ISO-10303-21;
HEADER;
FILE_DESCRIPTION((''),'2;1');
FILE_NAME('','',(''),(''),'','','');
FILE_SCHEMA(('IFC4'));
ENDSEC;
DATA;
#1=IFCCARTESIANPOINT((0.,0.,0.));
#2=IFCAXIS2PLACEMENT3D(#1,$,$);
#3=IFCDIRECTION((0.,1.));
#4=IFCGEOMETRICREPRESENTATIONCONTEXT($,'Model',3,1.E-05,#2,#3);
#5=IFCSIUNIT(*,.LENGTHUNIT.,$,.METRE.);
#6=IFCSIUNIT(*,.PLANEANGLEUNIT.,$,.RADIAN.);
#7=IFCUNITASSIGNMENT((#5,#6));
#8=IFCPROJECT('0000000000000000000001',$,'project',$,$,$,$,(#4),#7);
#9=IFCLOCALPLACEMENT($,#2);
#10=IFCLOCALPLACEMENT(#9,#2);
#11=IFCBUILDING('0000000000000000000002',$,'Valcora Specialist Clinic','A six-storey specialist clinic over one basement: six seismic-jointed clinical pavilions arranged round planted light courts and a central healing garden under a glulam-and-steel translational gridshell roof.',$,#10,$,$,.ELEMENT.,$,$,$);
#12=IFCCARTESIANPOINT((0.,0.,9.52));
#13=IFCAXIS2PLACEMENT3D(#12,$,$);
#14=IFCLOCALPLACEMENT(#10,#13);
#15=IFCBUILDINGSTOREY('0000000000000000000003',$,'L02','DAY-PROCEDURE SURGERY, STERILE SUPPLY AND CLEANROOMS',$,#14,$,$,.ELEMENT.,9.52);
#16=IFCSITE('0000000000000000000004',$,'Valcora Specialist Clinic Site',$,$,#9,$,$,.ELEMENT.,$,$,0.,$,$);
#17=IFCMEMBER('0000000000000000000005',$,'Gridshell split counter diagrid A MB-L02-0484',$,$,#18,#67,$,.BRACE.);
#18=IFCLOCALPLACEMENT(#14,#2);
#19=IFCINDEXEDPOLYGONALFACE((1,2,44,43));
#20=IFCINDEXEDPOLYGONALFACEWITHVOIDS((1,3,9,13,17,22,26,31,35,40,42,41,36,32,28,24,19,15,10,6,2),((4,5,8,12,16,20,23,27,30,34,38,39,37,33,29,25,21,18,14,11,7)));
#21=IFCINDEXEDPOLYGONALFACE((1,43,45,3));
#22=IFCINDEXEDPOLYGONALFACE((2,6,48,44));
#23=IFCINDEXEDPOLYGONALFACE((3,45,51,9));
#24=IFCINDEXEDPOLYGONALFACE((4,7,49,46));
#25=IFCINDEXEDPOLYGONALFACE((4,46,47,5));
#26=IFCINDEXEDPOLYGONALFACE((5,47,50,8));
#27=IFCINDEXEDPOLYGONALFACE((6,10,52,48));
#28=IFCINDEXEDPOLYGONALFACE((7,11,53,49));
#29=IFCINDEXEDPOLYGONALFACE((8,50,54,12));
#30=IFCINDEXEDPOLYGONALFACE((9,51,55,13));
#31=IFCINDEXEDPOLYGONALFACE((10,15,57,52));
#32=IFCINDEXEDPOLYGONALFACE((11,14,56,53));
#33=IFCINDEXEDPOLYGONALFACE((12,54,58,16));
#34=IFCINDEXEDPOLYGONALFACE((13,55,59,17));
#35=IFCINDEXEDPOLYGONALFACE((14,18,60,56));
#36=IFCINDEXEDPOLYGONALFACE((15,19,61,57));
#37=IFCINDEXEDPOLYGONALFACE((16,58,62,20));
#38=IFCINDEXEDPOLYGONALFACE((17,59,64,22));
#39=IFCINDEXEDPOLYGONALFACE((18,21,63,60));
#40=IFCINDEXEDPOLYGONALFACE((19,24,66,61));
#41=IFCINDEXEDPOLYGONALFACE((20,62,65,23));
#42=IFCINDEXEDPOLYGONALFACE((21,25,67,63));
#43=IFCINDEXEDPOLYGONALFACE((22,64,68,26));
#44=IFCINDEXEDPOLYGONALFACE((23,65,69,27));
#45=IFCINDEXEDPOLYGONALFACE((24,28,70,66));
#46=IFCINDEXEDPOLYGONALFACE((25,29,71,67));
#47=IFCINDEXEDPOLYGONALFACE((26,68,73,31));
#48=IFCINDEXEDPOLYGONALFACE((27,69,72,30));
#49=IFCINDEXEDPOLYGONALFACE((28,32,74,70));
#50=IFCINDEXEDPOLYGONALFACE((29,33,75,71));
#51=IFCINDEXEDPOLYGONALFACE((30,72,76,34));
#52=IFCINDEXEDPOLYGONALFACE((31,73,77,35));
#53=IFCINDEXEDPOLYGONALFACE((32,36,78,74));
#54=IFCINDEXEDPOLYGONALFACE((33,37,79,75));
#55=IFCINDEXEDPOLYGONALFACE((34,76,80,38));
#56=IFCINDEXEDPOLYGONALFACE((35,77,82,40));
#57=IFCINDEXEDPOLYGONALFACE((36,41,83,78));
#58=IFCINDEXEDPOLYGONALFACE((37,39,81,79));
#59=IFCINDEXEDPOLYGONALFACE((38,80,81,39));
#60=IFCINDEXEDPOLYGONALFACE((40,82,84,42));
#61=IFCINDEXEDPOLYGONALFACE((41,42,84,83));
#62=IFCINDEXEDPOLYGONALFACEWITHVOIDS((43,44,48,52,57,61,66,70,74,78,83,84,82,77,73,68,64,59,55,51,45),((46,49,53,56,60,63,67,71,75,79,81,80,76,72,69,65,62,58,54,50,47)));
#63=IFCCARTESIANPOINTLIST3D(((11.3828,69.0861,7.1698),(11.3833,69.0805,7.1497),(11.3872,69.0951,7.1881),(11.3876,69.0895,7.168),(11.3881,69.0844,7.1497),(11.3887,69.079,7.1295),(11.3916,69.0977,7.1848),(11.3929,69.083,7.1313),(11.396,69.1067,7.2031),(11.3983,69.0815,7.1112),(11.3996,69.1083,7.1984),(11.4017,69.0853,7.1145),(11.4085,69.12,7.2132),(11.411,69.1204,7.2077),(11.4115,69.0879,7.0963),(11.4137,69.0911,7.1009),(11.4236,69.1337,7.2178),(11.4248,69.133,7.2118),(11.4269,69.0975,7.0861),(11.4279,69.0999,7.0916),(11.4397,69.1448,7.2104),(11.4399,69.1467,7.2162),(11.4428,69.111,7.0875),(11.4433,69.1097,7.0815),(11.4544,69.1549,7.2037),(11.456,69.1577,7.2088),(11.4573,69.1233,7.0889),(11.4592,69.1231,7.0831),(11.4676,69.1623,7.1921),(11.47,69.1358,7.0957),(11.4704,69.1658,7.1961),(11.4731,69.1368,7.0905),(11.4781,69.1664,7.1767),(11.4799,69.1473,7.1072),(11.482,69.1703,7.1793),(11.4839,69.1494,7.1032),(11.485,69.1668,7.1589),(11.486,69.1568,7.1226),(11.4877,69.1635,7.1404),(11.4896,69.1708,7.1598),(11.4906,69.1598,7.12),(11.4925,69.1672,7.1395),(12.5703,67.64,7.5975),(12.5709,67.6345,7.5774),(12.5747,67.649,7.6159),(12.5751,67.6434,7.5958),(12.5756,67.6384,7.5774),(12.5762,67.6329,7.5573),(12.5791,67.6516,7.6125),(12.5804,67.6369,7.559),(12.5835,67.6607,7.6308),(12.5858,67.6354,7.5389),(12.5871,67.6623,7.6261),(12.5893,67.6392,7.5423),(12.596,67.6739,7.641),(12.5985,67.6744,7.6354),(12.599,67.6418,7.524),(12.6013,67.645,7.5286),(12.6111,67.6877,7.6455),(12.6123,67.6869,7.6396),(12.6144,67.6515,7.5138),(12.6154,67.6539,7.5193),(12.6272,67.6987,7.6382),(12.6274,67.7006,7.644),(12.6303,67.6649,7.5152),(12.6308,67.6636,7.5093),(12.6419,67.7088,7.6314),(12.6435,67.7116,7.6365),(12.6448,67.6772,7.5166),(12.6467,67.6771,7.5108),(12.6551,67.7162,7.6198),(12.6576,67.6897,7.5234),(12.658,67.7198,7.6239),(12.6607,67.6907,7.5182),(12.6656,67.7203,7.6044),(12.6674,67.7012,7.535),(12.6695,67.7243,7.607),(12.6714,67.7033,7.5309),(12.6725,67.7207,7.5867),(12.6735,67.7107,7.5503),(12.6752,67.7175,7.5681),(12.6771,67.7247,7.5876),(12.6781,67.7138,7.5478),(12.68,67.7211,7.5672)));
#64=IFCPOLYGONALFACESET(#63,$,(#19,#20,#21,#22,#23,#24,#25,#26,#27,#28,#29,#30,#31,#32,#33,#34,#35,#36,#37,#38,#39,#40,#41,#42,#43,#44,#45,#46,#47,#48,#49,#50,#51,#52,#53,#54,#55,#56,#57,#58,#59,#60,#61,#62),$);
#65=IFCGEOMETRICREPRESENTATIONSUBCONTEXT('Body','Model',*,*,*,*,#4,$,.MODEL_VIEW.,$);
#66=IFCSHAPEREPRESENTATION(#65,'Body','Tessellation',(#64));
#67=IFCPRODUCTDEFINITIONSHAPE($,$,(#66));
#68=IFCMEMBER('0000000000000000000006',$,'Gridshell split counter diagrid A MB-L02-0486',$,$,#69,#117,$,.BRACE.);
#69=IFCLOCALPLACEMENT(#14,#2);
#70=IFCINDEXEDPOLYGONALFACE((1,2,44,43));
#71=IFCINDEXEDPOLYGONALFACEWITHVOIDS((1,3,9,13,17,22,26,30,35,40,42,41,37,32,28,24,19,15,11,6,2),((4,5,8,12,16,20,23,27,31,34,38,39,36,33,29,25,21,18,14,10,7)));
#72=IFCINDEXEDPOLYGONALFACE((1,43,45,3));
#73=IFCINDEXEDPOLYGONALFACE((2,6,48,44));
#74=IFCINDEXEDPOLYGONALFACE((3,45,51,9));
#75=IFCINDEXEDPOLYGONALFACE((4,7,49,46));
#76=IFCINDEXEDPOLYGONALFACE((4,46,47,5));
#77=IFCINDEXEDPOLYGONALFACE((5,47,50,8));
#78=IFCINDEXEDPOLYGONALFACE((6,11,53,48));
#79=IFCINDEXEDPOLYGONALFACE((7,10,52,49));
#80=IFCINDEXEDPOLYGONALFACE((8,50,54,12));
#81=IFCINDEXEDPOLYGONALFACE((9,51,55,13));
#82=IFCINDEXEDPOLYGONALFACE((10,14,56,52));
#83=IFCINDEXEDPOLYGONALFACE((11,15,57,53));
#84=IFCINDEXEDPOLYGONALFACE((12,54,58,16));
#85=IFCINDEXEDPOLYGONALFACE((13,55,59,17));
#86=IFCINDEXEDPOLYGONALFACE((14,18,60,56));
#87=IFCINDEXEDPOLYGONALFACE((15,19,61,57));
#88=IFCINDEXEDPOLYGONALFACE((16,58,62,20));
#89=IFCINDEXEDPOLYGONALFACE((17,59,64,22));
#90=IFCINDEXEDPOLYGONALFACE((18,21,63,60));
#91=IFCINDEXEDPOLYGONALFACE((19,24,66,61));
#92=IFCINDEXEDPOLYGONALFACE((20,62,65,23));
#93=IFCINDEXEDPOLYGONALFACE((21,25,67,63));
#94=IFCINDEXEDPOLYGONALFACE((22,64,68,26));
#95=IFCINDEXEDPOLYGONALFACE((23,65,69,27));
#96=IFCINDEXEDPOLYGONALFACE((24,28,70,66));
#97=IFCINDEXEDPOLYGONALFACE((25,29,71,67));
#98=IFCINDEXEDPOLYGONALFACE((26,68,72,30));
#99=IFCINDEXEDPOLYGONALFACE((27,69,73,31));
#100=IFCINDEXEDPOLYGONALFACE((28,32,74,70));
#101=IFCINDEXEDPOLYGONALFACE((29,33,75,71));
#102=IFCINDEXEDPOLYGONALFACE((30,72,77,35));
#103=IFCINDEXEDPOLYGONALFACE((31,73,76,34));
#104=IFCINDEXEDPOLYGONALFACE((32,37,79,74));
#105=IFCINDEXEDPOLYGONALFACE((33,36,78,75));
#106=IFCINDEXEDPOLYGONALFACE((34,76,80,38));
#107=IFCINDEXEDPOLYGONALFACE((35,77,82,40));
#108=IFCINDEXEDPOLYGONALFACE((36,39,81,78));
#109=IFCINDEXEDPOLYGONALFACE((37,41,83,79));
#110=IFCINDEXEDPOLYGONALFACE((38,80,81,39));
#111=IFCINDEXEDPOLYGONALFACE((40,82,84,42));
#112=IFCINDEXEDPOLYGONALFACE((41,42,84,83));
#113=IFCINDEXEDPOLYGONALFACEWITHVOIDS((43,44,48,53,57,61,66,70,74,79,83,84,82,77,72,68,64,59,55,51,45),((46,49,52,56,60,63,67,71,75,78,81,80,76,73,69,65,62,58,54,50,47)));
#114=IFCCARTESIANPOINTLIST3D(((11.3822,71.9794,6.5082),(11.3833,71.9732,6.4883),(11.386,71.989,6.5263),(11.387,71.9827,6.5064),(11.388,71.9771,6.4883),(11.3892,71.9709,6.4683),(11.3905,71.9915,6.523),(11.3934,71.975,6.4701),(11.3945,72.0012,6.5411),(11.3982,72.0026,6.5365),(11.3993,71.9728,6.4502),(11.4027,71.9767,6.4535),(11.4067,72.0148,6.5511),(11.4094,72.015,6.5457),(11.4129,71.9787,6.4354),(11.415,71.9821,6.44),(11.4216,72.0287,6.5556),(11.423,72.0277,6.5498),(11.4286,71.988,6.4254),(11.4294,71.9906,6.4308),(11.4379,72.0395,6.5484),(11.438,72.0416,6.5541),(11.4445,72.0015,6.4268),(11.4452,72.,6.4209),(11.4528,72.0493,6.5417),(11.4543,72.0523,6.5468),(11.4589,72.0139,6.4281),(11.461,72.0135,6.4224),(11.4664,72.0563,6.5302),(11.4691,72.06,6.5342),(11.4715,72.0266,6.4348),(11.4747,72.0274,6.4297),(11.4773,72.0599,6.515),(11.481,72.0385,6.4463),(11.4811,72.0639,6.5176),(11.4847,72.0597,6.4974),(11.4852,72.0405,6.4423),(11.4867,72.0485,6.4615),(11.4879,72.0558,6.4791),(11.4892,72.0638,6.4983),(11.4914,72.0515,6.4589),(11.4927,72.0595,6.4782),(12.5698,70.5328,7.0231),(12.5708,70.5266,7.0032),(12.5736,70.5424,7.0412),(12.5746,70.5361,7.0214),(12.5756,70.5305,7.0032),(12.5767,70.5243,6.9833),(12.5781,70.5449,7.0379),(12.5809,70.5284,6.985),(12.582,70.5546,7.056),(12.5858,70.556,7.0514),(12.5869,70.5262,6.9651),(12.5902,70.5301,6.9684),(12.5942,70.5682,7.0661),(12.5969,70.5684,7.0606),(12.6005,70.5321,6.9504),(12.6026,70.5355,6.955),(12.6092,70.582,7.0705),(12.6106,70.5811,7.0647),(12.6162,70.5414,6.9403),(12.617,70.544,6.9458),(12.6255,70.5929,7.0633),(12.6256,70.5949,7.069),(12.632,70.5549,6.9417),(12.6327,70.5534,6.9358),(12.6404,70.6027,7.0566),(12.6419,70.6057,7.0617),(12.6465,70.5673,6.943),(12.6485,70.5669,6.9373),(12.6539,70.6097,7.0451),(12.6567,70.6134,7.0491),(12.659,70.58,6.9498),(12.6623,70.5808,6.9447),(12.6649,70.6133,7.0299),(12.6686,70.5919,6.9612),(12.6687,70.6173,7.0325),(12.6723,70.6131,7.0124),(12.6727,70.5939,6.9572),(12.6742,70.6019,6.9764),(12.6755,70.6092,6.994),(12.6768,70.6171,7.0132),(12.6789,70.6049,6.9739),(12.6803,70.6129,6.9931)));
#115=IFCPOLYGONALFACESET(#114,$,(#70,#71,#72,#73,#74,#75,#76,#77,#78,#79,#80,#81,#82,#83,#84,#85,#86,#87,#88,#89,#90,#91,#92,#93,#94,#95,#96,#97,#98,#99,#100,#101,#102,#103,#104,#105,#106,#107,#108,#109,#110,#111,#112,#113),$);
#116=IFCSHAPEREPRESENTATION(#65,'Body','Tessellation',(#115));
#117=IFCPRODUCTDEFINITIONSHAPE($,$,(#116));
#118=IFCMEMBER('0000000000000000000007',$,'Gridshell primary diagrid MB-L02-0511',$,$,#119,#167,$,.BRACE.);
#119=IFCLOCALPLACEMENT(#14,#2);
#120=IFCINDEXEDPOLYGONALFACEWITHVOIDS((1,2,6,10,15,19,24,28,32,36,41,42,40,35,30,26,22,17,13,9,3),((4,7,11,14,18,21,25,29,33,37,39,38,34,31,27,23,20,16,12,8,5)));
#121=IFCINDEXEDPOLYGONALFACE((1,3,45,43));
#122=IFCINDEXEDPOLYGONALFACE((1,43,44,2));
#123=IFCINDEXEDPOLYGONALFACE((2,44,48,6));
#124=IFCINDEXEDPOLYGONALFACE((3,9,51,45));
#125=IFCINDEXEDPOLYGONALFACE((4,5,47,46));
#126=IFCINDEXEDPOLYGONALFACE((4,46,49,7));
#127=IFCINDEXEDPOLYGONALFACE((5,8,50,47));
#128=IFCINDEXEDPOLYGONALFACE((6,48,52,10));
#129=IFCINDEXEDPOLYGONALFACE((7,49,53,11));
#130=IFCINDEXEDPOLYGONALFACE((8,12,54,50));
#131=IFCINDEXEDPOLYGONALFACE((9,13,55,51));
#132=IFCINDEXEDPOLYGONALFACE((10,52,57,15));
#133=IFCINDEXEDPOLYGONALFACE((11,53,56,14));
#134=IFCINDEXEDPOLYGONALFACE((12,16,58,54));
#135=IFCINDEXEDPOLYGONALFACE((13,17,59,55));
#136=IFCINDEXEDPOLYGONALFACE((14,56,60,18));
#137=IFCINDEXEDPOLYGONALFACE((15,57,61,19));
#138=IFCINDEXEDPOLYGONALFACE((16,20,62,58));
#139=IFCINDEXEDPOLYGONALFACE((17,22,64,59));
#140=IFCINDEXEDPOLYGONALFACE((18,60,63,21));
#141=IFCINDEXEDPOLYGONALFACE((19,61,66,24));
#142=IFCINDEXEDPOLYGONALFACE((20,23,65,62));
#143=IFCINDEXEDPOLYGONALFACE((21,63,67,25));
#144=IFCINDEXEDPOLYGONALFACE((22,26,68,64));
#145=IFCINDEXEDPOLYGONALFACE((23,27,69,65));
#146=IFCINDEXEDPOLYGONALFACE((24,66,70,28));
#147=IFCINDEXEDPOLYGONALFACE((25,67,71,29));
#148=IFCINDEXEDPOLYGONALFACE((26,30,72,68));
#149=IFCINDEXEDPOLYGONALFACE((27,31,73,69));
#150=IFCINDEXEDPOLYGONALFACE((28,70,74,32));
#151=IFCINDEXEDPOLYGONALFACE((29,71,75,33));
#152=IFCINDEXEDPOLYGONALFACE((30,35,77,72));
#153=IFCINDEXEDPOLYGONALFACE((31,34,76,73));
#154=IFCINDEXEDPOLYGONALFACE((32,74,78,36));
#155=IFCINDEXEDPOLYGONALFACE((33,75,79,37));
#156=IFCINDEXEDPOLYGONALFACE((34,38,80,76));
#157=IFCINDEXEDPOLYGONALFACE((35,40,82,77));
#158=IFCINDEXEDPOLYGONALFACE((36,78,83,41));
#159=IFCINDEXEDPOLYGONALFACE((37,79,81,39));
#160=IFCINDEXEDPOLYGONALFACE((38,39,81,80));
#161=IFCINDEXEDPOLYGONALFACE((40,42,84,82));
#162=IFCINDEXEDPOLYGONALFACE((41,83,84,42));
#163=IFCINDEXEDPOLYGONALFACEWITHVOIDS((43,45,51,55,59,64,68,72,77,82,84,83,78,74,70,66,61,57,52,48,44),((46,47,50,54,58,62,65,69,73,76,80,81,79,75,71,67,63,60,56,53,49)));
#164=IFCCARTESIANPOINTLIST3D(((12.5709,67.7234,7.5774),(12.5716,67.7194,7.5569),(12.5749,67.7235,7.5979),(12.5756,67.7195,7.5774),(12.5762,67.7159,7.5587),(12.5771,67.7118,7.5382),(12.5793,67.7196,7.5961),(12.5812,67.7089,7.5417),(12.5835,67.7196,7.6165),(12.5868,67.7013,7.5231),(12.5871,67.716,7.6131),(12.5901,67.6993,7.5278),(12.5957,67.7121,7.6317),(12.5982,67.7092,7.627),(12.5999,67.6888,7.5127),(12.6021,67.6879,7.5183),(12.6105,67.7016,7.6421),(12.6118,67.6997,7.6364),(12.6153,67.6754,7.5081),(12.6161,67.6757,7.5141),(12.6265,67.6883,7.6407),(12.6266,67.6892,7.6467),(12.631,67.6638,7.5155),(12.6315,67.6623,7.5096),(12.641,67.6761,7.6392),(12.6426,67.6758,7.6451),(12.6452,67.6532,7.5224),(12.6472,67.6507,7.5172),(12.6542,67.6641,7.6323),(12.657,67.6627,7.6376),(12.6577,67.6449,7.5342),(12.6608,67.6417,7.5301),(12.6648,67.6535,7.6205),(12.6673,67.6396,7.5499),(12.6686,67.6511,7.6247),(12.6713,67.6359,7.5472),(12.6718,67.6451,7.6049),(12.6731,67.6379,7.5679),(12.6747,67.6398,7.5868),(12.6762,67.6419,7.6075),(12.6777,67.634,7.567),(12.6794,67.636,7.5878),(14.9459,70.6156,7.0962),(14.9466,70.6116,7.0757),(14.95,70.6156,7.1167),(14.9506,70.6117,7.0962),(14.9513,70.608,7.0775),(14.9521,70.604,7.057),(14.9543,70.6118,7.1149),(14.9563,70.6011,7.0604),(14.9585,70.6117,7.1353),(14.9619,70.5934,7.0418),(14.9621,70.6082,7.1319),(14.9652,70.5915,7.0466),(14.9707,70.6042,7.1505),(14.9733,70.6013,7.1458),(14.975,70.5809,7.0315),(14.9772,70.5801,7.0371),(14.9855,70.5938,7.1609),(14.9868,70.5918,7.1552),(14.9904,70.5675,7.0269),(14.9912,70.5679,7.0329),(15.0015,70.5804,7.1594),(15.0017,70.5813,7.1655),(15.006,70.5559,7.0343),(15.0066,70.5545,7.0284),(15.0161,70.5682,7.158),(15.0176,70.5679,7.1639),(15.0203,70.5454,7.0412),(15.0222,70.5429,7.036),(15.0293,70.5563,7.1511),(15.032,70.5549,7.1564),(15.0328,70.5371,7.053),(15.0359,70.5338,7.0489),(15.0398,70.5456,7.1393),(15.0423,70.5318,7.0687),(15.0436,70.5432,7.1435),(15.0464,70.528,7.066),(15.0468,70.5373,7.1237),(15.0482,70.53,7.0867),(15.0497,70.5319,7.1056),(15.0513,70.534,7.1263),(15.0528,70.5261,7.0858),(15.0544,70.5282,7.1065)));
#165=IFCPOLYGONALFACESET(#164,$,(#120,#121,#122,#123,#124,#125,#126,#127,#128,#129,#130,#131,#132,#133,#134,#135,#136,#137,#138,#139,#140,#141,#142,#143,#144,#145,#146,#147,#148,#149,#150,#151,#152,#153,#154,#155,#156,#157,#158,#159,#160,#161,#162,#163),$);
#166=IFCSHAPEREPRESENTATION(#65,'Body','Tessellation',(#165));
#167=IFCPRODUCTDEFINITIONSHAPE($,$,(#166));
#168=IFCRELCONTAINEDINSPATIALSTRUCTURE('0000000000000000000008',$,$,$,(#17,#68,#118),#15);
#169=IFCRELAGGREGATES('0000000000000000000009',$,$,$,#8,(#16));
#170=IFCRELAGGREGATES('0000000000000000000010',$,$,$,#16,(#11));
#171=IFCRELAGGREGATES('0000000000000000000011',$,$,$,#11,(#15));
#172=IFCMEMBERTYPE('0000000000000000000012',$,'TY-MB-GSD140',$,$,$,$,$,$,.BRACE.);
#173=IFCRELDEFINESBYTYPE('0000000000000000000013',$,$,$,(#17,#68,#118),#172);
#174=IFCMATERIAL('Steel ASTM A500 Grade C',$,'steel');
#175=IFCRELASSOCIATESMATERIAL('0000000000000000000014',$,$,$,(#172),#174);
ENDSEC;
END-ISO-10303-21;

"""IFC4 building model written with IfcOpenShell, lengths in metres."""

from ifc_helpers import new_model, si_unit, direction, frame, origin, origin_2d, place, context, subcontext, project, spatial, hollow_circle, extrude, material, material_profile, profile_set, type_object, element, save


model = new_model("IFC4")

# Units and contexts
model_context = context("Model", 3, precision=1e-05, world=origin(), true_north=direction((0.0, 1.0)))
body_context = subcontext(model_context, "Body", "Model", "MODEL_VIEW")
ifc_project = project(units=[si_unit("LENGTHUNIT", "METRE"), si_unit("PLANEANGLEUNIT", "RADIAN")], contexts=[model_context])

# Site, building, storey
site_placement = place(None, origin())
site = spatial("IfcSite", under=ifc_project, at=site_placement, Name="Valcora Specialist Clinic Site", CompositionType="ELEMENT", RefElevation=0.0)
building_placement = place(site_placement, origin())
building = spatial("IfcBuilding", under=site, at=building_placement, Name="Valcora Specialist Clinic", Description="A six-storey specialist clinic over one basement: six seismic-jointed clinical pavilions arranged round planted light courts and a central healing garden under a glulam-and-steel translational gridshell roof.", CompositionType="ELEMENT")
storey_placement = place(building_placement, frame((0.0, 0.0, 9.52)))
storey = spatial("IfcBuildingStorey", under=building, at=storey_placement, Name="L02", Description="DAY-PROCEDURE SURGERY, STERILE SUPPLY AND CLEANROOMS", CompositionType="ELEMENT", Elevation=9.52)

# Members
ifc_material_1 = material(Name="Steel ASTM A500 Grade C", Category="steel")
ifc_material_profile_1 = material_profile(ifc_material_1, hollow_circle(Radius=0.0701, WallThickness=0.0061, at=origin_2d()), Name="ST-CHS-140X6")
ifc_profile_set_1 = profile_set([ifc_material_profile_1], Name="Steel ASTM A500 Grade C")
member_type_1 = type_object("IfcMemberType", Name="TY-MB-GSD140", PredefinedType="BRACE", material=ifc_profile_set_1)
member_1_placement = place(storey_placement, frame((12.625, 67.679, 7.5774), z_axis=(-0.618678, 0.753377, -0.222846), x_axis=(-0.772811, -0.634636, 0.0)))
element("IfcMember", 1, at=member_1_placement, inside=storey, type_object=member_type_1, Name="Gridshell split counter diagrid A MB-L02-0484", PredefinedType="BRACE", context=body_context, shape_type="SweptSolid", body=[
    extrude(hollow_circle(Radius=0.0701, WallThickness=0.0061, at=origin_2d()), origin(), (0.0, 0.0, 1.0), 1.9194),
])
member_2_placement = place(storey_placement, frame((12.625, 70.571, 7.0032), z_axis=(-0.611778, 0.745227, -0.265263), x_axis=(-0.772916, -0.634508, 0.0)))
element("IfcMember", 2, at=member_2_placement, inside=storey, type_object=member_type_1, Name="Gridshell split counter diagrid A MB-L02-0486", PredefinedType="BRACE", context=body_context, shape_type="SweptSolid", body=[
    extrude(hollow_circle(Radius=0.0701, WallThickness=0.0061, at=origin_2d()), origin(), (0.0, 0.0, 1.0), 1.9412),
])
member_3_placement = place(storey_placement, frame((12.625, 67.679, 7.5774), z_axis=(0.629454, 0.7665, -0.127534), x_axis=(-0.772811, 0.634636, 0.0)))
element("IfcMember", 3, at=member_3_placement, inside=storey, type_object=member_type_1, Name="Gridshell primary diagrid MB-L02-0511", PredefinedType="BRACE", context=body_context, shape_type="SweptSolid", body=[
    extrude(hollow_circle(Radius=0.0701, WallThickness=0.0061, at=origin_2d()), origin(), (0.0, 0.0, 1.0), 3.7732),
])

save(model, "model.ifc")
